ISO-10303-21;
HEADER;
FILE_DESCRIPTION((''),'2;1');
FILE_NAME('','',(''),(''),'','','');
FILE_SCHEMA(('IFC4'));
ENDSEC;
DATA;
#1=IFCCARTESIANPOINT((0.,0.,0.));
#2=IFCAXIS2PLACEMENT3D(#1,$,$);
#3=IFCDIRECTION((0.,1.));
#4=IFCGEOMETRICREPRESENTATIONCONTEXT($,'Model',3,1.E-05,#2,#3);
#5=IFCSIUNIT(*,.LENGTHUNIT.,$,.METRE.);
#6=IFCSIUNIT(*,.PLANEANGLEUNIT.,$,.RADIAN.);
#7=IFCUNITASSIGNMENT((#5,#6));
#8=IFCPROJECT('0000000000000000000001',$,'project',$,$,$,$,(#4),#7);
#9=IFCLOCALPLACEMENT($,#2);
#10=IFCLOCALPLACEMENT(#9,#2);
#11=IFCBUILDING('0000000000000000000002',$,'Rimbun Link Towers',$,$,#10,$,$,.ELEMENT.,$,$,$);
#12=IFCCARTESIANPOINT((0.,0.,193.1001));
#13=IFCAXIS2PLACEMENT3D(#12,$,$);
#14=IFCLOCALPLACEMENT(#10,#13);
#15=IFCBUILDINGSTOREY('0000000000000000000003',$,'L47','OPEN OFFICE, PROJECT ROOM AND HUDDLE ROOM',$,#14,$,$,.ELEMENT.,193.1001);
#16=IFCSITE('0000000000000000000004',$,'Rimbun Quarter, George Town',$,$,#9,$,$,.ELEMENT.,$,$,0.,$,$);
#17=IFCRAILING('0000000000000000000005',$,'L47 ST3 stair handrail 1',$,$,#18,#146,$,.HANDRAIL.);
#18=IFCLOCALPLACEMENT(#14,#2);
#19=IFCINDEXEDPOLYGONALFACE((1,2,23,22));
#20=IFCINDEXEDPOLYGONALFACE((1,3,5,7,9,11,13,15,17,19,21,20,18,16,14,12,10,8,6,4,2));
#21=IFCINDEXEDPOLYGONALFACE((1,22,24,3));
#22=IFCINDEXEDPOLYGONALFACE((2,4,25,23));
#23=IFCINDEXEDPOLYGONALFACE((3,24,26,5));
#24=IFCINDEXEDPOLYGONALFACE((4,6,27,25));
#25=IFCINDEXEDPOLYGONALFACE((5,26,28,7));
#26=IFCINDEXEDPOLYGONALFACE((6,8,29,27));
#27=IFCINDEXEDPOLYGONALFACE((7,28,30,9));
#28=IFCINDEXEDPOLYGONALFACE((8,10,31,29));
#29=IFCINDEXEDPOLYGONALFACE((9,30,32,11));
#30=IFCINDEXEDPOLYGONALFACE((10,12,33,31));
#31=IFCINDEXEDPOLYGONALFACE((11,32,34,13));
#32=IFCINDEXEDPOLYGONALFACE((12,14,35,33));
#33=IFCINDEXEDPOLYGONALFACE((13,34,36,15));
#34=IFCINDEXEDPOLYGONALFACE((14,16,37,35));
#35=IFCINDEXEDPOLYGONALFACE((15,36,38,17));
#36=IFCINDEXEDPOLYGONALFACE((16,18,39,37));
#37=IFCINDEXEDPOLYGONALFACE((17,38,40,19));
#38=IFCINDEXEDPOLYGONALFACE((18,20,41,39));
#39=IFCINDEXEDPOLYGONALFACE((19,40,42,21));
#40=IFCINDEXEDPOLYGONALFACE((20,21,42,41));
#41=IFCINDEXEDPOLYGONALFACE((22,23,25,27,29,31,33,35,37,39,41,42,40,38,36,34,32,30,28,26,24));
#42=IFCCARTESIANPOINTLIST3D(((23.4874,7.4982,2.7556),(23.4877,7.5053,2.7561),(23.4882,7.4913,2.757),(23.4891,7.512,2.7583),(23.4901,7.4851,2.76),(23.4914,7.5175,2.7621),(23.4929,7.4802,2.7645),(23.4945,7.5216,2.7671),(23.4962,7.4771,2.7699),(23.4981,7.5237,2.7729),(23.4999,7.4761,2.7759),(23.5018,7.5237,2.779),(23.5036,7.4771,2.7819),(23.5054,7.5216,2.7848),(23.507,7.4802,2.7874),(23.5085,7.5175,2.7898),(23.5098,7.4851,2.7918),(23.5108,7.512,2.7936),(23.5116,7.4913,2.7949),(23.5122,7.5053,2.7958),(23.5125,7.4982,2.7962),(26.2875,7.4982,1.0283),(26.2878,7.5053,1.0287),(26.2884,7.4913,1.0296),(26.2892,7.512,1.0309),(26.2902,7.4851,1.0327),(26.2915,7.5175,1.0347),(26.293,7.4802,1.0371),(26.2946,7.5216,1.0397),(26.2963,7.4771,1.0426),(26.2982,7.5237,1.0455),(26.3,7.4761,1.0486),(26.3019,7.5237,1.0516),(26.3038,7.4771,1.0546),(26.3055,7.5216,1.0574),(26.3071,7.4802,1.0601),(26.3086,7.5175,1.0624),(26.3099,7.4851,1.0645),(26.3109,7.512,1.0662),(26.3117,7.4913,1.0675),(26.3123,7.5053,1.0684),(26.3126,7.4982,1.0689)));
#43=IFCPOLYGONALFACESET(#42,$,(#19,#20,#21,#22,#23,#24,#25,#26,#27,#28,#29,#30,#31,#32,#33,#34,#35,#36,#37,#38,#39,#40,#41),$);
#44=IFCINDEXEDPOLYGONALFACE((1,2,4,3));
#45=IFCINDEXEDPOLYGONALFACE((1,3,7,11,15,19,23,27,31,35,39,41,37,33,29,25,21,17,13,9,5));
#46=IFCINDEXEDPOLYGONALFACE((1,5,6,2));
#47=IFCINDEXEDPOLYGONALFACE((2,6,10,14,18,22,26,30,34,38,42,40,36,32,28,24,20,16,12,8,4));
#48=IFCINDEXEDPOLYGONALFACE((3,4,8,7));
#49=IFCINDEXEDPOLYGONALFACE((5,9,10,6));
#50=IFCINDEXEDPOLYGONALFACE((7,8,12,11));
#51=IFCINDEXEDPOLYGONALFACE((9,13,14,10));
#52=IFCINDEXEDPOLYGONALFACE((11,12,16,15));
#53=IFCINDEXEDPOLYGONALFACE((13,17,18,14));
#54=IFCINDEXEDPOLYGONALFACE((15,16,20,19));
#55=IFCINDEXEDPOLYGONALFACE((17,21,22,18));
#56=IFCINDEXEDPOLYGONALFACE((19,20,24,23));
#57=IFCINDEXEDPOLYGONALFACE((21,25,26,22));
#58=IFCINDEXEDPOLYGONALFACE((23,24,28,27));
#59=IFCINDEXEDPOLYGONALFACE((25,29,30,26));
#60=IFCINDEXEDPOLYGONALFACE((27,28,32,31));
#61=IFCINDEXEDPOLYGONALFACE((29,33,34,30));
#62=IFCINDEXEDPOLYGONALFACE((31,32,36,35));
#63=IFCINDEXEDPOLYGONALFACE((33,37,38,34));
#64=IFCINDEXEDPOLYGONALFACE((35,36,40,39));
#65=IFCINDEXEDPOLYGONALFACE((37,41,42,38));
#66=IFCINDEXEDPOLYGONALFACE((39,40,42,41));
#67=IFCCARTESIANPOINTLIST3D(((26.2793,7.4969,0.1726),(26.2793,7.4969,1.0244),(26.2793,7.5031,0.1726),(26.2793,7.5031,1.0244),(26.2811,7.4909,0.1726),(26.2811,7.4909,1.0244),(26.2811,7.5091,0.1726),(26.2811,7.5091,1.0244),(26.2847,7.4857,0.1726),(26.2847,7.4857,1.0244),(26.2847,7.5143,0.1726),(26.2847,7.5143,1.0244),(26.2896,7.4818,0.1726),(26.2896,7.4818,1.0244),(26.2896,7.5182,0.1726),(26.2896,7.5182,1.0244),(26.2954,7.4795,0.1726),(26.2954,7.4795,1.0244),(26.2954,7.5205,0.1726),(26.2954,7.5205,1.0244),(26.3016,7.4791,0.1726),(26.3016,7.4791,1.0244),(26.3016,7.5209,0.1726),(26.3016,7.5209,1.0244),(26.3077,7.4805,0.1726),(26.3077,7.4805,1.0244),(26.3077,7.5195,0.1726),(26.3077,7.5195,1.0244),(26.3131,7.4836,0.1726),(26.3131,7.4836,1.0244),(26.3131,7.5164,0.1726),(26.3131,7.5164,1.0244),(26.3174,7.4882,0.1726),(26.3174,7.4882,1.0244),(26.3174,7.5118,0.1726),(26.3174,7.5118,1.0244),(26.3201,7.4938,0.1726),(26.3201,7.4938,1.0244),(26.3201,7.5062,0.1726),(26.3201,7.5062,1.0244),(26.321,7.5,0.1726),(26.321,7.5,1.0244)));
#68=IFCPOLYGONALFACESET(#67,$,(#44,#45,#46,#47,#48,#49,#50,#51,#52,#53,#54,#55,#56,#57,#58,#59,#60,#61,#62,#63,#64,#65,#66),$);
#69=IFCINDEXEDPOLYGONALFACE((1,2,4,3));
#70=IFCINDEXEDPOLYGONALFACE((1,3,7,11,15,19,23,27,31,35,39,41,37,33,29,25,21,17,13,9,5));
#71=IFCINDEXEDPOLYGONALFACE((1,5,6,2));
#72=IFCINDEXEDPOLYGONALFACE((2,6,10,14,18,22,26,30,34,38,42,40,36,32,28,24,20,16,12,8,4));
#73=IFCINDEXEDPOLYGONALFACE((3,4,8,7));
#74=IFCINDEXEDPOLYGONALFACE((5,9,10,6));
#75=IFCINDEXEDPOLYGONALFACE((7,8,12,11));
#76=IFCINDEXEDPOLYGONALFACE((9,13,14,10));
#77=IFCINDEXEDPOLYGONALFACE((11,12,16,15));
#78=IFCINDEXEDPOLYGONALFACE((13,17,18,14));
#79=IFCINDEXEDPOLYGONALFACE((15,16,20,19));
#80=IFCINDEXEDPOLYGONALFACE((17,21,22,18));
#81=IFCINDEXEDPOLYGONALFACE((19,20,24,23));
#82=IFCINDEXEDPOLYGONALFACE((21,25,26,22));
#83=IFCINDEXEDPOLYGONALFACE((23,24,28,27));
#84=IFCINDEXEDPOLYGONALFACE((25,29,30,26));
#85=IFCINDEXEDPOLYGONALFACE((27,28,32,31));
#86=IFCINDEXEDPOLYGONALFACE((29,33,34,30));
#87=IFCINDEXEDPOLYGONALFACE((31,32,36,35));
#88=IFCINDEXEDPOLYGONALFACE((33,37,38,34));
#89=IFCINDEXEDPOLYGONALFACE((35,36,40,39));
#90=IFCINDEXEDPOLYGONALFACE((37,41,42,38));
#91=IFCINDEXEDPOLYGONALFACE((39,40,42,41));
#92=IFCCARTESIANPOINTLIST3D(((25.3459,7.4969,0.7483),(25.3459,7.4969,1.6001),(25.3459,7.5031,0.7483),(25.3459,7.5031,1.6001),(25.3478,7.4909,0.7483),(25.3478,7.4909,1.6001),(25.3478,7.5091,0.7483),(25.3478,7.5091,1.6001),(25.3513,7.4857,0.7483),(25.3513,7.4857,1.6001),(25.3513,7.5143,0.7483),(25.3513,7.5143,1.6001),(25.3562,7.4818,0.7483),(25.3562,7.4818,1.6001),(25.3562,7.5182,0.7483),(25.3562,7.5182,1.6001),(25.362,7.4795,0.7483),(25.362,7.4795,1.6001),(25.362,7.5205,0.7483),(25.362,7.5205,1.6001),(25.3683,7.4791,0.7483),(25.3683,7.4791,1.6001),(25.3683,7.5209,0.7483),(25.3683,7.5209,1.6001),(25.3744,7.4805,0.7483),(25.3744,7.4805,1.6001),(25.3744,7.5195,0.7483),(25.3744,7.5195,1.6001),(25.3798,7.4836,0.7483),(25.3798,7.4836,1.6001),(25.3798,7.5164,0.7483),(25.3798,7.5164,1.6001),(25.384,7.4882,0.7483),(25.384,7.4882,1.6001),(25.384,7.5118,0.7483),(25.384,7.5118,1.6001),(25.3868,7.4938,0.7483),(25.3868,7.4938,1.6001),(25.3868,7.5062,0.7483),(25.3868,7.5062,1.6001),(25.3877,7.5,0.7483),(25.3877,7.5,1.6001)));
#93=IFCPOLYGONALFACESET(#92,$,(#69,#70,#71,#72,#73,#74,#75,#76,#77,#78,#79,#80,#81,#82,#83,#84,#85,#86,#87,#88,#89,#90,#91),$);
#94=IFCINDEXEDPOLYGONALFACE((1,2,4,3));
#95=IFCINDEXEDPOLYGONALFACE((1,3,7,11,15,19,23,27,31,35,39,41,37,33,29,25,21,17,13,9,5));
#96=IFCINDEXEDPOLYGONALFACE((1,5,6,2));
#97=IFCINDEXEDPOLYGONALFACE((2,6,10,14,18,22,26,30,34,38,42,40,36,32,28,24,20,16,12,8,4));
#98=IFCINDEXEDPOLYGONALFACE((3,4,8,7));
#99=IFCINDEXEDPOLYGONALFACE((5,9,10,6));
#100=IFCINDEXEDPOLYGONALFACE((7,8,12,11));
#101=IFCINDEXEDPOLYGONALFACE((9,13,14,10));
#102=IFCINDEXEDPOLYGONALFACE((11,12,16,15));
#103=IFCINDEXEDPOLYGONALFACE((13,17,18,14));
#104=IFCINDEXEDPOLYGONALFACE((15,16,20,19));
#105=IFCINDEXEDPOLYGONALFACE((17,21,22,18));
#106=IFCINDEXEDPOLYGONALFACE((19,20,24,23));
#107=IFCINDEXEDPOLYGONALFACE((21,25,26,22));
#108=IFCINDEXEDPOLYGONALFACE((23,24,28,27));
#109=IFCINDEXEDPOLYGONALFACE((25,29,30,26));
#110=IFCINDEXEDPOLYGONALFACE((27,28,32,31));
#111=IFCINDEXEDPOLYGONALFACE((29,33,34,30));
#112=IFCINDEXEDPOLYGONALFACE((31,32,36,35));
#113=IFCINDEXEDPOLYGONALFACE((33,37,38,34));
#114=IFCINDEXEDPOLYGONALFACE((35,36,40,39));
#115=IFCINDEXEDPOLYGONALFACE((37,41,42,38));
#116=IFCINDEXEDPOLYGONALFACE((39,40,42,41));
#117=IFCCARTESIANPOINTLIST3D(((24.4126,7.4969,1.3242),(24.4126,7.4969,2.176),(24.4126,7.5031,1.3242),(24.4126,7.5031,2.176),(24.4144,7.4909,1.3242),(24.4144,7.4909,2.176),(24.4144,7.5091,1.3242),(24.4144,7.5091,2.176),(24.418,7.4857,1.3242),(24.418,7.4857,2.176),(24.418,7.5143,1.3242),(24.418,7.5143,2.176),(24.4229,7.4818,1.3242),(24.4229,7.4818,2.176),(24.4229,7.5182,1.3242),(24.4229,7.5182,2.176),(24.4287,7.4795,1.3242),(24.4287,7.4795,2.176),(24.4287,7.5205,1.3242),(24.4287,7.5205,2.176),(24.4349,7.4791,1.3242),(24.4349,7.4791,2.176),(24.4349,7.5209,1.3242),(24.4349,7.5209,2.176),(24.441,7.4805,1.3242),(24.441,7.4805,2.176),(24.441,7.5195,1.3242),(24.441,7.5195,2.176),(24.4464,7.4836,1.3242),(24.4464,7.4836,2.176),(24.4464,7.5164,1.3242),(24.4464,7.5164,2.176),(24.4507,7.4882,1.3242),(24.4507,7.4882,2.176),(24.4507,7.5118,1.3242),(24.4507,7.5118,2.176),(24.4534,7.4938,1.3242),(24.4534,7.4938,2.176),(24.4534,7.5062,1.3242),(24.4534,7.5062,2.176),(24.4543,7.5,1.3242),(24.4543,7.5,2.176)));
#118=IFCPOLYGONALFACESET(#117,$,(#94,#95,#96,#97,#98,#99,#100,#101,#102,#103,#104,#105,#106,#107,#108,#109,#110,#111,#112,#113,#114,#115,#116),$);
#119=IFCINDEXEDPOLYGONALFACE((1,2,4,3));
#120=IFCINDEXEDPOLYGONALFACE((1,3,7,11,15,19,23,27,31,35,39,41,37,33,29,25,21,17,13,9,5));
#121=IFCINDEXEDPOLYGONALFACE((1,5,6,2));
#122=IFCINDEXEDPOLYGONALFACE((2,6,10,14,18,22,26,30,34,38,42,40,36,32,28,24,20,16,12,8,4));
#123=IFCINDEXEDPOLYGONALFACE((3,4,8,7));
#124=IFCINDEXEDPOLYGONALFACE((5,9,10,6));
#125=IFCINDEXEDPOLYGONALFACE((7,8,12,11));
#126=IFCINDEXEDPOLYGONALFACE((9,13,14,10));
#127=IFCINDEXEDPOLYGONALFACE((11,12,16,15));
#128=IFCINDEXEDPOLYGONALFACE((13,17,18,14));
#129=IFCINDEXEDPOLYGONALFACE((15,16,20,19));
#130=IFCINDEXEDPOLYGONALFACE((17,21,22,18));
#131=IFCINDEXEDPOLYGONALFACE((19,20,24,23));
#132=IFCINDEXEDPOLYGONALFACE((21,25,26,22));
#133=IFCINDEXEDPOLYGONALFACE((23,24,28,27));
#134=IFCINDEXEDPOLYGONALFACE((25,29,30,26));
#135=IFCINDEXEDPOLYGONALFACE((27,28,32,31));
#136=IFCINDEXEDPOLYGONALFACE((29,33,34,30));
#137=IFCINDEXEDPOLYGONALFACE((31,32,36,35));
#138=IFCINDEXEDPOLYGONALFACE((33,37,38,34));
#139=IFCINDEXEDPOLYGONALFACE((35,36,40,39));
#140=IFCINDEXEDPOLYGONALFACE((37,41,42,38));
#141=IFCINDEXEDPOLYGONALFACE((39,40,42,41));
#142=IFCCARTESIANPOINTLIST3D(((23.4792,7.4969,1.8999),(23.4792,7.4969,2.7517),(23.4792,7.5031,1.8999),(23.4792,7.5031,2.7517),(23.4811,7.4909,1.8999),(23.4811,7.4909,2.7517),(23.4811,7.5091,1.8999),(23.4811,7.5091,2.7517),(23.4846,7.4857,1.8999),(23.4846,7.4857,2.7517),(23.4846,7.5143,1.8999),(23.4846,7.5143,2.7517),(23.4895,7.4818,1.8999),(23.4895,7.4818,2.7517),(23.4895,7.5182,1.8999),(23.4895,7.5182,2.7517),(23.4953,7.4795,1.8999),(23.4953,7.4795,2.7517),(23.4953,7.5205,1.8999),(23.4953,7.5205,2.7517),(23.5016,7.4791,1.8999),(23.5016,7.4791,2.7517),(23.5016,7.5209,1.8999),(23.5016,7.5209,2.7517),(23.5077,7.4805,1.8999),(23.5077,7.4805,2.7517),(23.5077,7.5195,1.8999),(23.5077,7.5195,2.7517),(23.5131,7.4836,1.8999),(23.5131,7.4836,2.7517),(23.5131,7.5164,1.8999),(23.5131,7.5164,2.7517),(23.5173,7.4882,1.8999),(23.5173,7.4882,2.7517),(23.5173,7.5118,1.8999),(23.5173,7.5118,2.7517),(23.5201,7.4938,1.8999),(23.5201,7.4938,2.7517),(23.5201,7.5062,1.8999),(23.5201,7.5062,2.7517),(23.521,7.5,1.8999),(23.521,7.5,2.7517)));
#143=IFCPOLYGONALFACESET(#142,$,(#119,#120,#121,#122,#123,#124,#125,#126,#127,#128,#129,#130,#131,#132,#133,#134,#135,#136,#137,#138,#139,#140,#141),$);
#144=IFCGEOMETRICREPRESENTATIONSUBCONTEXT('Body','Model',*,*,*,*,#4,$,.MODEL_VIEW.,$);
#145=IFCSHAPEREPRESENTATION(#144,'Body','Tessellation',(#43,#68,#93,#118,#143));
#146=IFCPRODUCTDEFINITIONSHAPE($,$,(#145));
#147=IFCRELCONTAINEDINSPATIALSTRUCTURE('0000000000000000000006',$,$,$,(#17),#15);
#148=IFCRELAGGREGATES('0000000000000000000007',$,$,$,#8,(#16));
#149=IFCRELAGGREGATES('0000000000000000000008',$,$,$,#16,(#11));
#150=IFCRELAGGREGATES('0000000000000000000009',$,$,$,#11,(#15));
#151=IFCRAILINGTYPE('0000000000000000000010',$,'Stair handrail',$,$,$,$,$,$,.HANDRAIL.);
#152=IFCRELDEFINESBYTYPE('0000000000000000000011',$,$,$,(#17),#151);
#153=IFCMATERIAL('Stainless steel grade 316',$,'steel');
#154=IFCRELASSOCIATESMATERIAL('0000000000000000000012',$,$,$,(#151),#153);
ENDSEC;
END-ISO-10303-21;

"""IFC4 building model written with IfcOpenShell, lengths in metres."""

from ifc_helpers import new_model, si_unit, direction, frame, origin, origin_2d, place, context, subcontext, project, spatial, circle, extrude, material, type_object, element, save


model = new_model("IFC4")

# Units and contexts
model_context = context("Model", 3, precision=1e-05, world=origin(), true_north=direction((0.0, 1.0)))
body_context = subcontext(model_context, "Body", "Model", "MODEL_VIEW")
ifc_project = project(units=[si_unit("LENGTHUNIT", "METRE"), si_unit("PLANEANGLEUNIT", "RADIAN")], contexts=[model_context])

# Site, building, storey
site_placement = place(None, origin())
site = spatial("IfcSite", under=ifc_project, at=site_placement, Name="Rimbun Quarter, George Town", CompositionType="ELEMENT", RefElevation=0.0)
building_placement = place(site_placement, origin())
building = spatial("IfcBuilding", under=site, at=building_placement, Name="Rimbun Link Towers", CompositionType="ELEMENT")
storey_placement = place(building_placement, frame((0.0, 0.0, 193.1001)))
storey = spatial("IfcBuildingStorey", under=building, at=storey_placement, Name="L47", Description="OPEN OFFICE, PROJECT ROOM AND HUDDLE ROOM", CompositionType="ELEMENT", Elevation=193.1001)

# Railing
ifc_material_1 = material(Name="Stainless steel grade 316", Category="steel")
railing_type_1 = type_object("IfcRailingType", Name="Stair handrail", PredefinedType="HANDRAIL", material=ifc_material_1)
railing_1_placement = place(storey_placement, frame((26.3, 7.5, 0.1726)))
element("IfcRailing", 1, at=railing_1_placement, inside=storey, type_object=railing_type_1, Name="L47 ST3 stair handrail 1", PredefinedType="HANDRAIL", context=body_context, shape_type="SweptSolid", body=[
    extrude(circle(Radius=0.0239, at=origin_2d()), frame((0.0, 0.0, 0.876), z_axis=(-0.85109, 0.0, 0.52502), x_axis=(0.0, -1.0, 0.0)), (0.0, 0.0, 1.0), 3.29),
    extrude(circle(Radius=0.021, at=origin_2d()), origin(), (0.0, 0.0, 1.0), 0.8518),
    extrude(circle(Radius=0.021, at=origin_2d()), frame((-0.9333, 0.0, 0.5757)), (0.0, 0.0, 1.0), 0.8518),
    extrude(circle(Radius=0.021, at=origin_2d()), frame((-1.8667, 0.0, 1.1516)), (0.0, 0.0, 1.0), 0.8518),
    extrude(circle(Radius=0.021, at=origin_2d()), frame((-2.8, 0.0, 1.7273)), (0.0, 0.0, 1.0), 0.8518),
])

save(model, "model.ifc")
